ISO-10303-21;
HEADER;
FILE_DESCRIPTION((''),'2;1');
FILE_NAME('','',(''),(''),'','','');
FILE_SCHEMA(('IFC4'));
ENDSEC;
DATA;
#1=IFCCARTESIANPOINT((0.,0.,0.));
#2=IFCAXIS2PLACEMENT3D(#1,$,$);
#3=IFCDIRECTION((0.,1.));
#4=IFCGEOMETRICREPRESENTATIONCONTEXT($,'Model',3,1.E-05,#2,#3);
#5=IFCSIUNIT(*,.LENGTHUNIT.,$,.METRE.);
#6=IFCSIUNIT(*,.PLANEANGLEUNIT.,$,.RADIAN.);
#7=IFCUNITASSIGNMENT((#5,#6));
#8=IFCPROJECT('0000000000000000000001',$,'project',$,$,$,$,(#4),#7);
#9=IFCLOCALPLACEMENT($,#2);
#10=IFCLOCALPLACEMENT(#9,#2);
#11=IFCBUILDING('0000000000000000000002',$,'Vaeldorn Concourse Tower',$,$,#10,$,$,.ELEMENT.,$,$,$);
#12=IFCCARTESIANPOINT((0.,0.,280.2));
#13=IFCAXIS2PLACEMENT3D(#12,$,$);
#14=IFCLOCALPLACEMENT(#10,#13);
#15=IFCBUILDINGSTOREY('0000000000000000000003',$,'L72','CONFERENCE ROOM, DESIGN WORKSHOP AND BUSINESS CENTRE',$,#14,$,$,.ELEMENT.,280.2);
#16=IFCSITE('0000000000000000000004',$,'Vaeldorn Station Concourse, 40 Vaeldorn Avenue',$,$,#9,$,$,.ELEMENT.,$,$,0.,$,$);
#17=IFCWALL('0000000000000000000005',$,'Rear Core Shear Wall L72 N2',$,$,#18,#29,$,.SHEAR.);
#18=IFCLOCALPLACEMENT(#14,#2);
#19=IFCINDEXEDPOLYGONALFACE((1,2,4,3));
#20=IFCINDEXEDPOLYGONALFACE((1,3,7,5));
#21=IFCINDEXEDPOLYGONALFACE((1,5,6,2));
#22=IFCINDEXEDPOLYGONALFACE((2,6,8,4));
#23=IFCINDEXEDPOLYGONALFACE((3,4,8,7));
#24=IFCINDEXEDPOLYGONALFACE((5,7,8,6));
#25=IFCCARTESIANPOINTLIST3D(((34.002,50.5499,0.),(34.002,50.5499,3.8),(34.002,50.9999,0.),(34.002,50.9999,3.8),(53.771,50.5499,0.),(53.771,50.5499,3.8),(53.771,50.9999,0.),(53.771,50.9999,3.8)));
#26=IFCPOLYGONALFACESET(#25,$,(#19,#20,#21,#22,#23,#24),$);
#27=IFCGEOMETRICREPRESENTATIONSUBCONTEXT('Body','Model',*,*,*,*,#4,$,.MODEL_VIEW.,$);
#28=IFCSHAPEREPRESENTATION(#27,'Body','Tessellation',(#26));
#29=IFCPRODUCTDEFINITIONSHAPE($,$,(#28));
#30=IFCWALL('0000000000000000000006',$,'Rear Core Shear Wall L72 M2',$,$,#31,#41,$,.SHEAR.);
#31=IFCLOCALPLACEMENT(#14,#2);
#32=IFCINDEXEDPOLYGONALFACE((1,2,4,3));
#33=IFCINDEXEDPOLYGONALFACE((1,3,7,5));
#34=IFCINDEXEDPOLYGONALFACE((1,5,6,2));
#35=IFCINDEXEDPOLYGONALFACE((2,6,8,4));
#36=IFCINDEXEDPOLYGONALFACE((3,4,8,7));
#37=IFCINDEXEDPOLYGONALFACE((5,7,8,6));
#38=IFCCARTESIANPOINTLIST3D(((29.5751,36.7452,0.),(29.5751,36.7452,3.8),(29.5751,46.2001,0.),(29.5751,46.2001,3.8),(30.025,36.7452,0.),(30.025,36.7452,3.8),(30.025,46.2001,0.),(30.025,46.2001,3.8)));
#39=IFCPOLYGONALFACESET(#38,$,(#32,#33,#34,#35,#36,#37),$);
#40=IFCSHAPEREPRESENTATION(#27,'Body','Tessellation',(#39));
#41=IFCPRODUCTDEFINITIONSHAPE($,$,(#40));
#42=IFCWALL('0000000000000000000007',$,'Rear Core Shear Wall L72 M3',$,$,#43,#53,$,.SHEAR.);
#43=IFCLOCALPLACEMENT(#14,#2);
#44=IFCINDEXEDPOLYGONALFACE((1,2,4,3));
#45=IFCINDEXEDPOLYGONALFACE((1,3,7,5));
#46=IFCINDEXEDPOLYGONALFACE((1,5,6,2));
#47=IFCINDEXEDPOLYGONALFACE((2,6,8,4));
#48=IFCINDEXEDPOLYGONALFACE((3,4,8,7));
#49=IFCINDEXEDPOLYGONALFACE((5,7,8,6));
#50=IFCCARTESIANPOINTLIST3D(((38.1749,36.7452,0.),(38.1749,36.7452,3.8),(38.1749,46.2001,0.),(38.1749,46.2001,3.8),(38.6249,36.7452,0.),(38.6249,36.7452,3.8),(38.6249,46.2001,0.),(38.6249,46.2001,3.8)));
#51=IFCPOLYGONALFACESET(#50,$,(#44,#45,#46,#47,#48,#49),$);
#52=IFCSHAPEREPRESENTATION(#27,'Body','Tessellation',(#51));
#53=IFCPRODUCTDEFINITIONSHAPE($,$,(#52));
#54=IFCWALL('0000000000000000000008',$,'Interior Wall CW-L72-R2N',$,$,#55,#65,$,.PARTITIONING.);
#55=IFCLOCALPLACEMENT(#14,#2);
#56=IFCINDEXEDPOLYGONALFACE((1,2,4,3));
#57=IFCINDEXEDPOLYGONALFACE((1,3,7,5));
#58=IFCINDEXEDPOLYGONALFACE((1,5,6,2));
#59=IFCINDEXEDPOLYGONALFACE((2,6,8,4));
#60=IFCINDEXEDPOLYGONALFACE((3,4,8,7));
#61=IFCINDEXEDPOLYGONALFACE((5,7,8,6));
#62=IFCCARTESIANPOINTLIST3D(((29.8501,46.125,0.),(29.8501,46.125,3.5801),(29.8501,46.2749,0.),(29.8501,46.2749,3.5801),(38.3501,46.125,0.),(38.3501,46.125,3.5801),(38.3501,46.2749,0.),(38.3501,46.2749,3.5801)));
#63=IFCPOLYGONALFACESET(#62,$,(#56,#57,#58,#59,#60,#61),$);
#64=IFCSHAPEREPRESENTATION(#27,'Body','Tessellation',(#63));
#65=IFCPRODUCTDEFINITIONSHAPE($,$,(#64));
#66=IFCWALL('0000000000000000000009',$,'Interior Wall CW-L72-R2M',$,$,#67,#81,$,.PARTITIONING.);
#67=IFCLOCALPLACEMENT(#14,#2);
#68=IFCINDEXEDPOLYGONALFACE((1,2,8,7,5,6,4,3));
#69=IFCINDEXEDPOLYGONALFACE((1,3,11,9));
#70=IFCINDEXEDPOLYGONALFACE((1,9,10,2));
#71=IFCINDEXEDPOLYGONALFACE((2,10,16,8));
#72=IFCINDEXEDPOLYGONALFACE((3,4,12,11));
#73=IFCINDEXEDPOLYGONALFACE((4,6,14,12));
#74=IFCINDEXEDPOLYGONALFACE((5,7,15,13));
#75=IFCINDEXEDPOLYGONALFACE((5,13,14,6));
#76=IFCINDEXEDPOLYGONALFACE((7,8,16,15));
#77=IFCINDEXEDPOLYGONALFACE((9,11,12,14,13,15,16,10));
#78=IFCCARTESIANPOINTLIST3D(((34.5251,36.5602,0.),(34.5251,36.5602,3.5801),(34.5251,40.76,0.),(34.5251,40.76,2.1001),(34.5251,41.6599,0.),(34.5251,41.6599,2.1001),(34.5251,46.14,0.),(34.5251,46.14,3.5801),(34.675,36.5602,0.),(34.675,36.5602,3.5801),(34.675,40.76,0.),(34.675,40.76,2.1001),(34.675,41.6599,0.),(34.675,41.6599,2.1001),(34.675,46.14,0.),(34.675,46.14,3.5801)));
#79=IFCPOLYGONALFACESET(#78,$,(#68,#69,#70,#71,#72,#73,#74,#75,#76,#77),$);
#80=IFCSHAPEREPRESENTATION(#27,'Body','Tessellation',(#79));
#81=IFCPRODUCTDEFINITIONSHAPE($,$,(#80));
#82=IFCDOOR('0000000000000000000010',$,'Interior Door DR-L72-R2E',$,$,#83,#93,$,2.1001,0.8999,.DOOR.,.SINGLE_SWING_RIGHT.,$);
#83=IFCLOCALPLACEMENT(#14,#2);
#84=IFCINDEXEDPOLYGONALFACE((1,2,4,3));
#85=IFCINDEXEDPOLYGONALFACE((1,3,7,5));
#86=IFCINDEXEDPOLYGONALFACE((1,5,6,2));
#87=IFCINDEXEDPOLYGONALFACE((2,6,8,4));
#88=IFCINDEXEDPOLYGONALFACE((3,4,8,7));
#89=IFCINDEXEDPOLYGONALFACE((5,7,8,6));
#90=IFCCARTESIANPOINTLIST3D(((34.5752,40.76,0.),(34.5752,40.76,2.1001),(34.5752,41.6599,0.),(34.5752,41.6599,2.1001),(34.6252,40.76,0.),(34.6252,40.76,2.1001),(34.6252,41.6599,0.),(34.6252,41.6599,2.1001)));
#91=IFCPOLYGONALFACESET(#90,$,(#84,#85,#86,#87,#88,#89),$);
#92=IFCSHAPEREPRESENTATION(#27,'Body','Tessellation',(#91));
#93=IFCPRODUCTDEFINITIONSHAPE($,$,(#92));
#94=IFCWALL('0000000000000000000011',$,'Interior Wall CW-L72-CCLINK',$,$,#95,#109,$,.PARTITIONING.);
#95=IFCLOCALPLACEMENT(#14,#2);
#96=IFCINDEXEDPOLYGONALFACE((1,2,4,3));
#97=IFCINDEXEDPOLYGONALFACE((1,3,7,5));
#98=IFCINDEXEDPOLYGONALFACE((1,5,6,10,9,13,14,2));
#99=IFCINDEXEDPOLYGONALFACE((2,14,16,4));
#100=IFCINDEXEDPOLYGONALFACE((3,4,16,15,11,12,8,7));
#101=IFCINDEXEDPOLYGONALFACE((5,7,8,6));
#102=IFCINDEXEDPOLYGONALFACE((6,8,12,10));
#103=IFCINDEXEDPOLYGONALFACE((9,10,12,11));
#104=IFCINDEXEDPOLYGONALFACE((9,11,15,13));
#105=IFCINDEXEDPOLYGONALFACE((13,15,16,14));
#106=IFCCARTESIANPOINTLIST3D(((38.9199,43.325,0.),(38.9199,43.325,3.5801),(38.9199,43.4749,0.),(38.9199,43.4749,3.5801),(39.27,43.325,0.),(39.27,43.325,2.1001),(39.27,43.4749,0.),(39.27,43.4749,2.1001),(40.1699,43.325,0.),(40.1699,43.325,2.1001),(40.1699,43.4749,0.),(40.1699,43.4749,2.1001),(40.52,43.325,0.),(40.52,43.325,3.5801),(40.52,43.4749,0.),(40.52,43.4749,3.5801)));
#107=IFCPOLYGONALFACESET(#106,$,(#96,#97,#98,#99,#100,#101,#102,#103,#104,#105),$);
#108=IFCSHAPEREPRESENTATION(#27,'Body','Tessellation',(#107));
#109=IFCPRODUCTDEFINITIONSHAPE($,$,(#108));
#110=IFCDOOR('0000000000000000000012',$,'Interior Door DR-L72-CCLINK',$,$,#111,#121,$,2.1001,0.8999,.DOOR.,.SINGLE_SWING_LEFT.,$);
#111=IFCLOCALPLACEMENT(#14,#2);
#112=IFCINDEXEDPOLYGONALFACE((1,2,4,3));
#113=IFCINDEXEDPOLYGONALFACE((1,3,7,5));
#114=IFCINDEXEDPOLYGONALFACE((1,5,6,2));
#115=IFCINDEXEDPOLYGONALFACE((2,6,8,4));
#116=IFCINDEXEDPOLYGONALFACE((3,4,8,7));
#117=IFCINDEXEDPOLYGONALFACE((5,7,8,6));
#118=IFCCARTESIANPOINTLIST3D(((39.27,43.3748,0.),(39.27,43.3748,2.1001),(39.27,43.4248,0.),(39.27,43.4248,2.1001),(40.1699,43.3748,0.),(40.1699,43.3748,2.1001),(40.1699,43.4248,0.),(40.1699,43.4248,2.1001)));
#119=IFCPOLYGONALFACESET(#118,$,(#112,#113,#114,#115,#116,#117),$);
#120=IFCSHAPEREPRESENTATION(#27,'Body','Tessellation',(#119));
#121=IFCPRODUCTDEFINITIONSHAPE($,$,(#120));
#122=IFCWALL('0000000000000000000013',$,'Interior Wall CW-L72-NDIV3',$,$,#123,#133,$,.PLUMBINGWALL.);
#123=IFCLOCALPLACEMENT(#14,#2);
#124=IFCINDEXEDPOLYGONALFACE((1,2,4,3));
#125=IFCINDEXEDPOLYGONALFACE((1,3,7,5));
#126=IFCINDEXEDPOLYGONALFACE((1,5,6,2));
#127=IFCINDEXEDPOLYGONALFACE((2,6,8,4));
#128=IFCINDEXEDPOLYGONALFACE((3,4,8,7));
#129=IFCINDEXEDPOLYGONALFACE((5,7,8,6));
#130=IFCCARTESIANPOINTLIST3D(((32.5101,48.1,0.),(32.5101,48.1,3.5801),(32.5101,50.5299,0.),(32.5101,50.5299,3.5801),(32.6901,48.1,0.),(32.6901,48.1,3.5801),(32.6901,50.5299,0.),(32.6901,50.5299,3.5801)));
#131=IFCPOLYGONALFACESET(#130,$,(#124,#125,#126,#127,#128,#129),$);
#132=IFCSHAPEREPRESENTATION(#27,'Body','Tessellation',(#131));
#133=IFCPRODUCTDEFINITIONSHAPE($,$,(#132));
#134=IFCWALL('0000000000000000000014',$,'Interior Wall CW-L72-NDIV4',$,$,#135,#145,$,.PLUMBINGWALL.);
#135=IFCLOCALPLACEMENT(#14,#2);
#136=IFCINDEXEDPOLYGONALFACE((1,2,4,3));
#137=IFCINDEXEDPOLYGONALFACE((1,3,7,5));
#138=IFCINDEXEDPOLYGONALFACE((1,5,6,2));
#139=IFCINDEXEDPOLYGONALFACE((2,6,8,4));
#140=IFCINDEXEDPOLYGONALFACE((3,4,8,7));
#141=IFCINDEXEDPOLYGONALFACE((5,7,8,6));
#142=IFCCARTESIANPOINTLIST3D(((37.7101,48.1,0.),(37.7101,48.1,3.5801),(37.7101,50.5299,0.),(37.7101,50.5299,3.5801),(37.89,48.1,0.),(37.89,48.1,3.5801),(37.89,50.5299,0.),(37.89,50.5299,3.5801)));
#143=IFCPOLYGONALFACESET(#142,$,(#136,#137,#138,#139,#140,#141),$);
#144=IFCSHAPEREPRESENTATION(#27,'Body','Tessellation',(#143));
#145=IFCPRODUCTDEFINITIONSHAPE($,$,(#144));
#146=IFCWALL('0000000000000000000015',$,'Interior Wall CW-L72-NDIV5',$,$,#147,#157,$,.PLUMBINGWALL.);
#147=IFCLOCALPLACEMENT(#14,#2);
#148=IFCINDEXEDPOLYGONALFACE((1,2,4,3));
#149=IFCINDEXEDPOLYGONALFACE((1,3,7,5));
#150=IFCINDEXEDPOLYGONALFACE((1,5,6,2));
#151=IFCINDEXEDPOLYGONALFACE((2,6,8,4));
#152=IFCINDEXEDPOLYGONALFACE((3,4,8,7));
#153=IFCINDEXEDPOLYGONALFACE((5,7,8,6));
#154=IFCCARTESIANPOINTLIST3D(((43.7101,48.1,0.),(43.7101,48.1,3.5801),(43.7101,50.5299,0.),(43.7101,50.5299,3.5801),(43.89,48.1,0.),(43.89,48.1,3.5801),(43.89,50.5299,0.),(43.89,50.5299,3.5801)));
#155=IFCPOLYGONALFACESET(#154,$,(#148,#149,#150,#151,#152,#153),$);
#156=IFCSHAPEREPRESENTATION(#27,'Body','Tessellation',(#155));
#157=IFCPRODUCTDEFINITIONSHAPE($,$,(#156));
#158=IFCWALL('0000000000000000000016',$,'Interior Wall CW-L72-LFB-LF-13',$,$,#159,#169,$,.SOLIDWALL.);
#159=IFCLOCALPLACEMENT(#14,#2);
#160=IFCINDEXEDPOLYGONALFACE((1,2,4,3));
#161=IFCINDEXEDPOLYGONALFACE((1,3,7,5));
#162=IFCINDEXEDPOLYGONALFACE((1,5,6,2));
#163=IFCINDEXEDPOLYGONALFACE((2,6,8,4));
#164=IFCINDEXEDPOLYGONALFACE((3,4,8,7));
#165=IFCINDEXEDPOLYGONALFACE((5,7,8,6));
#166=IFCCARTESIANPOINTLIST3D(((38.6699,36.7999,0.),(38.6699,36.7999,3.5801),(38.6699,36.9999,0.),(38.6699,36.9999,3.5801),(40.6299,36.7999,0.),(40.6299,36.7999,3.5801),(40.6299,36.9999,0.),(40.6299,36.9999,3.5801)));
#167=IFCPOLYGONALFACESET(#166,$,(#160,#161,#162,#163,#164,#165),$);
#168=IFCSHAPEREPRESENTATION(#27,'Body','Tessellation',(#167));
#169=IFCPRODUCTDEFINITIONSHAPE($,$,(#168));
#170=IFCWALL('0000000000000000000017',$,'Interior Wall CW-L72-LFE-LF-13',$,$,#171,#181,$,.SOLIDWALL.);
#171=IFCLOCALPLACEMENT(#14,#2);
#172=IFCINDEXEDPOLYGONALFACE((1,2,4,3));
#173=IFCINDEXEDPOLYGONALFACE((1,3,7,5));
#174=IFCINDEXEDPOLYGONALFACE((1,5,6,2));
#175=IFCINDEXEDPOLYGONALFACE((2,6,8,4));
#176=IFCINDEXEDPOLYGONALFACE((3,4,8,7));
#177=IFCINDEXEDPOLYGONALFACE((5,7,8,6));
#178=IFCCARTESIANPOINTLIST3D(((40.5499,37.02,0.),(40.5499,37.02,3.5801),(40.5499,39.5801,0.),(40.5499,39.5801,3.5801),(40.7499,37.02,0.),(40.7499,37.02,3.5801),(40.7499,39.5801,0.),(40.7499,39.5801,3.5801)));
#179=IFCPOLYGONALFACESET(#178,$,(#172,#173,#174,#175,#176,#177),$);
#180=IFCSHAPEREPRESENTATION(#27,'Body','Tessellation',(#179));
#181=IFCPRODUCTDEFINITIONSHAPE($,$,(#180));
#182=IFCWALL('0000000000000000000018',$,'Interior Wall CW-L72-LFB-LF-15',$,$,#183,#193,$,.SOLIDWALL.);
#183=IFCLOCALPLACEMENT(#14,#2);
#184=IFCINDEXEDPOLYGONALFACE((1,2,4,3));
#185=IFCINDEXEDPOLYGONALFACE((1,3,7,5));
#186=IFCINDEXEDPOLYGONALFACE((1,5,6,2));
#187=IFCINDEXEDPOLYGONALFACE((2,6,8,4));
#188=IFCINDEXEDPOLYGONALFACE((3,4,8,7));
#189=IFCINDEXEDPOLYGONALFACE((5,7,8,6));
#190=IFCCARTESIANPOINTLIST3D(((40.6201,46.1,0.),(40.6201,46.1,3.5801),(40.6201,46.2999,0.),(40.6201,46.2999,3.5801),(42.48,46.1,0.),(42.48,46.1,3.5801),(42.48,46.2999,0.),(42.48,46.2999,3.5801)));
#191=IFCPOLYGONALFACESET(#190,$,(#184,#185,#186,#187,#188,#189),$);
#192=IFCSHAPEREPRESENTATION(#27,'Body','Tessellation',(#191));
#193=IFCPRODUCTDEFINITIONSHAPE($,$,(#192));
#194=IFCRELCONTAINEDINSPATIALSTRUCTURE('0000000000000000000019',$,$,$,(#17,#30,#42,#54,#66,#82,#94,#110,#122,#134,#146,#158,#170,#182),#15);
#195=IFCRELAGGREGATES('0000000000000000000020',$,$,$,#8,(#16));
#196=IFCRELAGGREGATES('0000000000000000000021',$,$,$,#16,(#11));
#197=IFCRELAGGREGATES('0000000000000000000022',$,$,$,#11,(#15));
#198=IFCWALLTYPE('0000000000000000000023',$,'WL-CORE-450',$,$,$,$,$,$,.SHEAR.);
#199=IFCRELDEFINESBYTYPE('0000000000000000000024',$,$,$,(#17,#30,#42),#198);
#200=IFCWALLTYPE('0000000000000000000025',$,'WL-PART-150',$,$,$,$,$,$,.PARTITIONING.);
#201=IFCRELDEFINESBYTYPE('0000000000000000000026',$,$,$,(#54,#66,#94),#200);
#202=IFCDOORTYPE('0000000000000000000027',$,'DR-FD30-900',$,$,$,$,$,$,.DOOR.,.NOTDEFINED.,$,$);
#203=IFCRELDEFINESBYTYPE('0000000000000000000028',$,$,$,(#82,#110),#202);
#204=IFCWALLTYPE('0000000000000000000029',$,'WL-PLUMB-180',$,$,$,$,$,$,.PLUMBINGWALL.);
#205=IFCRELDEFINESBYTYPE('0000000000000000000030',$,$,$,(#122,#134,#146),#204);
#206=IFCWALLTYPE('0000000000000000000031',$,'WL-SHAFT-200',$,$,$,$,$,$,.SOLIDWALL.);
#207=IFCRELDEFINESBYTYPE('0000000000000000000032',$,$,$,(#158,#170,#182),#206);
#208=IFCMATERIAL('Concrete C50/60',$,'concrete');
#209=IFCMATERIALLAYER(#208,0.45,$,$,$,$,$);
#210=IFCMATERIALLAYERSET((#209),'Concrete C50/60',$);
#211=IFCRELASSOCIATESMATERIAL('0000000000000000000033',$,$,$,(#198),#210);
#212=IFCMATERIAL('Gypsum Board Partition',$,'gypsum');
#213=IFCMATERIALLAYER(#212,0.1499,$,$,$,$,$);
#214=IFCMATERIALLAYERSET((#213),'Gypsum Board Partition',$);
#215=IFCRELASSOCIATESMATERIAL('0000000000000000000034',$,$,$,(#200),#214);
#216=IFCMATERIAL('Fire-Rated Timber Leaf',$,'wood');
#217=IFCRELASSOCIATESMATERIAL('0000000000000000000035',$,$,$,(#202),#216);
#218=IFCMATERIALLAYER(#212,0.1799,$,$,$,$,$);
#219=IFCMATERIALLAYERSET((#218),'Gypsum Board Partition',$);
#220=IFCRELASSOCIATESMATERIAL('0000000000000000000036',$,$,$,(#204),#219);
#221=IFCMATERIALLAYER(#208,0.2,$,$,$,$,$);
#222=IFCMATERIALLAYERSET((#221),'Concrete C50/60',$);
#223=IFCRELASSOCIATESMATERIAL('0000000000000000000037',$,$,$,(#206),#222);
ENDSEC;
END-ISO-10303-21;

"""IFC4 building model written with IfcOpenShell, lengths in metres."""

from ifc_helpers import new_model, si_unit, direction, frame, frame_2d, origin, place, context, subcontext, project, spatial, rectangle, extrude, source, transform, mapped, material, layer, layer_set, type_object, element, fill, save


model = new_model("IFC4")

# Units and contexts
model_context = context("Model", 3, precision=1e-05, world=origin(), true_north=direction((0.0, 1.0)))
body_context = subcontext(model_context, "Body", "Model", "MODEL_VIEW")
ifc_project = project(units=[si_unit("LENGTHUNIT", "METRE"), si_unit("PLANEANGLEUNIT", "RADIAN")], contexts=[model_context])

# Site, building, storey
site_placement = place(None, origin())
site = spatial("IfcSite", under=ifc_project, at=site_placement, Name="Vaeldorn Station Concourse, 40 Vaeldorn Avenue", CompositionType="ELEMENT", RefElevation=0.0)
building_placement = place(site_placement, origin())
building = spatial("IfcBuilding", under=site, at=building_placement, Name="Vaeldorn Concourse Tower", CompositionType="ELEMENT")
storey_placement = place(building_placement, frame((0.0, 0.0, 280.2)))
storey = spatial("IfcBuildingStorey", under=building, at=storey_placement, Name="L72", Description="CONFERENCE ROOM, DESIGN WORKSHOP AND BUSINESS CENTRE", CompositionType="ELEMENT", Elevation=280.2)

# Walls
ifc_material_1 = material(Name="Concrete C50/60", Category="concrete")
ifc_layer_1 = layer(ifc_material_1, 0.45)
ifc_layer_set_1 = layer_set([ifc_layer_1], Name="Concrete C50/60")
wall_type_1 = type_object("IfcWallType", Name="WL-CORE-450", PredefinedType="SHEAR", material=ifc_layer_set_1)
wall_1_placement = place(storey_placement, frame((34.002, 50.7749, 0.0), z_axis=(0.0, 0.0, 1.0), x_axis=(1.0, 0.0, 0.0)))
element("IfcWall", 1, at=wall_1_placement, inside=storey, type_object=wall_type_1, Name="Rear Core Shear Wall L72 N2", PredefinedType="SHEAR", context=body_context, shape_type="SweptSolid", body=[
    extrude(rectangle(XDim=19.769, YDim=0.45, at=frame_2d((9.8845, 0.0))), origin(), (0.0, 0.0, 1.0), 3.8),
])
for number, where, z_axis, x_axis, name in (
    (2, (29.8, 36.7451, 0.0), (0.0, 0.0, 1.0), (0.0, 1.0, 0.0), "Rear Core Shear Wall L72 M2"),
    (3, (38.3999, 36.7451, 0.0), (0.0, 0.0, 1.0), (0.0, 1.0, 0.0), "Rear Core Shear Wall L72 M3"),
):
    element("IfcWall", number, at=place(storey_placement, frame(where, z_axis=z_axis, x_axis=x_axis)), inside=storey, type_object=wall_type_1, Name=name, PredefinedType="SHEAR", context=body_context, shape_type="SweptSolid", body=[
        extrude(rectangle(XDim=9.4548, YDim=0.45, at=frame_2d((4.7275, 0.0))), origin(), (0.0, 0.0, 1.0), 3.8),
    ])
ifc_material_2 = material(Name="Gypsum Board Partition", Category="gypsum")
ifc_layer_2 = layer(ifc_material_2, 0.1499)
ifc_layer_set_2 = layer_set([ifc_layer_2], Name="Gypsum Board Partition")
wall_type_2 = type_object("IfcWallType", Name="WL-PART-150", PredefinedType="PARTITIONING", material=ifc_layer_set_2)
wall_2_placement = place(storey_placement, frame((29.8501, 46.2, 0.0), z_axis=(0.0, 0.0, 1.0), x_axis=(1.0, 0.0, 0.0)))
element("IfcWall", 4, at=wall_2_placement, inside=storey, type_object=wall_type_2, Name="Interior Wall CW-L72-R2N", PredefinedType="PARTITIONING", context=body_context, shape_type="SweptSolid", body=[
    extrude(rectangle(XDim=8.5, YDim=0.1499, at=frame_2d((4.25, 0.0))), origin(), (0.0, 0.0, 1.0), 3.5801),
])

# Walls, openings, doors
wall_3_placement = place(storey_placement, frame((34.6001, 36.5601, 0.0), z_axis=(0.0, 0.0, 1.0), x_axis=(0.0, 1.0, 0.0)))
wall_3 = element("IfcWall", 5, at=wall_3_placement, inside=storey, type_object=wall_type_2, Name="Interior Wall CW-L72-R2M", PredefinedType="PARTITIONING", context=body_context, shape_type="SweptSolid", body=[
    extrude(rectangle(XDim=9.5798, YDim=0.1499, at=frame_2d((4.79, 0.0))), origin(), (0.0, 0.0, 1.0), 3.5801),
])
opening_1_placement = place(wall_3_placement, frame((4.2, 0.0, 0.0)))
opening_1 = element("IfcOpeningElement", 6, at=opening_1_placement, cuts=wall_3, PredefinedType="OPENING", context=body_context, shape_type="SweptSolid", body=[
    extrude(rectangle(XDim=0.8999, YDim=2.1001, at=frame_2d((0.45, 1.05))), frame((0.0, 0.085, 0.0), z_axis=(0.0, -1.0, 0.0), x_axis=(1.0, 0.0, 0.0)), (0.0, 0.0, 1.0), 0.1699),
])
ifc_material_3 = material(Name="Fire-Rated Timber Leaf", Category="wood")
door_type_1 = type_object("IfcDoorType", Name="DR-FD30-900", OperationType="NOTDEFINED", PredefinedType="DOOR", material=ifc_material_3)
shared_shape_1 = source(origin(), body_context, "Body", "SweptSolid", [
    extrude(rectangle(XDim=0.8999, YDim=2.1001, at=frame_2d((0.45, 1.05))), frame((0.0, 0.0249, 0.0), z_axis=(0.0, -1.0, 0.0), x_axis=(1.0, 0.0, 0.0)), (0.0, 0.0, 1.0), 0.05),
])
door_1_placement = place(opening_1_placement, origin())
door_1 = element("IfcDoor", 7, at=door_1_placement, inside=storey, type_object=door_type_1, Name="Interior Door DR-L72-R2E", OperationType="SINGLE_SWING_RIGHT", OverallHeight=2.1001, OverallWidth=0.8999, PredefinedType="DOOR", context=body_context, shape_type="MappedRepresentation", body=[
    mapped(shared_shape_1, transform((0.0, 0.0, 0.0), scale=1.0)),
])
fill(opening_1, door_1)
wall_4_placement = place(storey_placement, frame((38.9199, 43.3999, 0.0), z_axis=(0.0, 0.0, 1.0), x_axis=(1.0, 0.0, 0.0)))
wall_4 = element("IfcWall", 8, at=wall_4_placement, inside=storey, type_object=wall_type_2, Name="Interior Wall CW-L72-CCLINK", PredefinedType="PARTITIONING", context=body_context, shape_type="SweptSolid", body=[
    extrude(rectangle(XDim=1.6001, YDim=0.1499, at=frame_2d((0.8, 0.0))), origin(), (0.0, 0.0, 1.0), 3.5801),
])
opening_2_placement = place(wall_4_placement, frame((0.3501, 0.0, 0.0)))
opening_2 = element("IfcOpeningElement", 9, at=opening_2_placement, cuts=wall_4, PredefinedType="OPENING", context=body_context, shape_type="SweptSolid", body=[
    extrude(rectangle(XDim=0.8999, YDim=2.1001, at=frame_2d((0.45, 1.05))), frame((0.0, 0.085, 0.0), z_axis=(0.0, -1.0, 0.0), x_axis=(1.0, 0.0, 0.0)), (0.0, 0.0, 1.0), 0.1699),
])
door_2_placement = place(opening_2_placement, origin())
door_2 = element("IfcDoor", 10, at=door_2_placement, inside=storey, type_object=door_type_1, Name="Interior Door DR-L72-CCLINK", OperationType="SINGLE_SWING_LEFT", OverallHeight=2.1001, OverallWidth=0.8999, PredefinedType="DOOR", context=body_context, shape_type="MappedRepresentation", body=[
    mapped(shared_shape_1, transform((0.0, 0.0, 0.0), scale=1.0)),
])
fill(opening_2, door_2)

# Walls
ifc_layer_3 = layer(ifc_material_2, 0.1799)
ifc_layer_set_3 = layer_set([ifc_layer_3], Name="Gypsum Board Partition")
wall_type_3 = type_object("IfcWallType", Name="WL-PLUMB-180", PredefinedType="PLUMBINGWALL", material=ifc_layer_set_3)
for number, where, z_axis, x_axis, name in (
    (11, (32.6001, 48.1001, 0.0), (0.0, 0.0, 1.0), (0.0, 1.0, 0.0), "Interior Wall CW-L72-NDIV3"),
    (12, (37.8, 48.1001, 0.0), (0.0, 0.0, 1.0), (0.0, 1.0, 0.0), "Interior Wall CW-L72-NDIV4"),
    (13, (43.8, 48.1001, 0.0), (0.0, 0.0, 1.0), (0.0, 1.0, 0.0), "Interior Wall CW-L72-NDIV5"),
):
    element("IfcWall", number, at=place(storey_placement, frame(where, z_axis=z_axis, x_axis=x_axis)), inside=storey, type_object=wall_type_3, Name=name, PredefinedType="PLUMBINGWALL", context=body_context, shape_type="SweptSolid", body=[
        extrude(rectangle(XDim=2.4299, YDim=0.1799, at=frame_2d((1.2148, 0.0))), origin(), (0.0, 0.0, 1.0), 3.5801),
    ])

# Shared definitions
ifc_layer_4 = layer(ifc_material_1, 0.2)
ifc_layer_set_4 = layer_set([ifc_layer_4], Name="Concrete C50/60")
wall_type_4 = type_object("IfcWallType", Name="WL-SHAFT-200", PredefinedType="SOLIDWALL", material=ifc_layer_set_4)

# Walls
wall_5_placement = place(storey_placement, frame((38.6699, 36.8999, 0.0), z_axis=(0.0, 0.0, 1.0), x_axis=(1.0, 0.0, 0.0)))
element("IfcWall", 14, at=wall_5_placement, inside=storey, type_object=wall_type_4, Name="Interior Wall CW-L72-LFB-LF-13", PredefinedType="SOLIDWALL", context=body_context, shape_type="SweptSolid", body=[
    extrude(rectangle(XDim=1.96, YDim=0.2, at=frame_2d((0.98, 0.0))), origin(), (0.0, 0.0, 1.0), 3.5801),
])
wall_6_placement = place(storey_placement, frame((40.6499, 37.02, 0.0), z_axis=(0.0, 0.0, 1.0), x_axis=(0.0, 1.0, 0.0)))
element("IfcWall", 15, at=wall_6_placement, inside=storey, type_object=wall_type_4, Name="Interior Wall CW-L72-LFE-LF-13", PredefinedType="SOLIDWALL", context=body_context, shape_type="SweptSolid", body=[
    extrude(rectangle(XDim=2.5601, YDim=0.2, at=frame_2d((1.28, 0.0))), origin(), (0.0, 0.0, 1.0), 3.5801),
])

# Wall
wall_7_placement = place(storey_placement, frame((40.6201, 46.2, 0.0), z_axis=(0.0, 0.0, 1.0), x_axis=(1.0, 0.0, 0.0)))
element("IfcWall", 16, at=wall_7_placement, inside=storey, type_object=wall_type_4, Name="Interior Wall CW-L72-LFB-LF-15", PredefinedType="SOLIDWALL", context=body_context, shape_type="SweptSolid", body=[
    extrude(rectangle(XDim=1.8599, YDim=0.2, at=frame_2d((0.9299, 0.0))), origin(), (0.0, 0.0, 1.0), 3.5801),
])

save(model, "model.ifc")
